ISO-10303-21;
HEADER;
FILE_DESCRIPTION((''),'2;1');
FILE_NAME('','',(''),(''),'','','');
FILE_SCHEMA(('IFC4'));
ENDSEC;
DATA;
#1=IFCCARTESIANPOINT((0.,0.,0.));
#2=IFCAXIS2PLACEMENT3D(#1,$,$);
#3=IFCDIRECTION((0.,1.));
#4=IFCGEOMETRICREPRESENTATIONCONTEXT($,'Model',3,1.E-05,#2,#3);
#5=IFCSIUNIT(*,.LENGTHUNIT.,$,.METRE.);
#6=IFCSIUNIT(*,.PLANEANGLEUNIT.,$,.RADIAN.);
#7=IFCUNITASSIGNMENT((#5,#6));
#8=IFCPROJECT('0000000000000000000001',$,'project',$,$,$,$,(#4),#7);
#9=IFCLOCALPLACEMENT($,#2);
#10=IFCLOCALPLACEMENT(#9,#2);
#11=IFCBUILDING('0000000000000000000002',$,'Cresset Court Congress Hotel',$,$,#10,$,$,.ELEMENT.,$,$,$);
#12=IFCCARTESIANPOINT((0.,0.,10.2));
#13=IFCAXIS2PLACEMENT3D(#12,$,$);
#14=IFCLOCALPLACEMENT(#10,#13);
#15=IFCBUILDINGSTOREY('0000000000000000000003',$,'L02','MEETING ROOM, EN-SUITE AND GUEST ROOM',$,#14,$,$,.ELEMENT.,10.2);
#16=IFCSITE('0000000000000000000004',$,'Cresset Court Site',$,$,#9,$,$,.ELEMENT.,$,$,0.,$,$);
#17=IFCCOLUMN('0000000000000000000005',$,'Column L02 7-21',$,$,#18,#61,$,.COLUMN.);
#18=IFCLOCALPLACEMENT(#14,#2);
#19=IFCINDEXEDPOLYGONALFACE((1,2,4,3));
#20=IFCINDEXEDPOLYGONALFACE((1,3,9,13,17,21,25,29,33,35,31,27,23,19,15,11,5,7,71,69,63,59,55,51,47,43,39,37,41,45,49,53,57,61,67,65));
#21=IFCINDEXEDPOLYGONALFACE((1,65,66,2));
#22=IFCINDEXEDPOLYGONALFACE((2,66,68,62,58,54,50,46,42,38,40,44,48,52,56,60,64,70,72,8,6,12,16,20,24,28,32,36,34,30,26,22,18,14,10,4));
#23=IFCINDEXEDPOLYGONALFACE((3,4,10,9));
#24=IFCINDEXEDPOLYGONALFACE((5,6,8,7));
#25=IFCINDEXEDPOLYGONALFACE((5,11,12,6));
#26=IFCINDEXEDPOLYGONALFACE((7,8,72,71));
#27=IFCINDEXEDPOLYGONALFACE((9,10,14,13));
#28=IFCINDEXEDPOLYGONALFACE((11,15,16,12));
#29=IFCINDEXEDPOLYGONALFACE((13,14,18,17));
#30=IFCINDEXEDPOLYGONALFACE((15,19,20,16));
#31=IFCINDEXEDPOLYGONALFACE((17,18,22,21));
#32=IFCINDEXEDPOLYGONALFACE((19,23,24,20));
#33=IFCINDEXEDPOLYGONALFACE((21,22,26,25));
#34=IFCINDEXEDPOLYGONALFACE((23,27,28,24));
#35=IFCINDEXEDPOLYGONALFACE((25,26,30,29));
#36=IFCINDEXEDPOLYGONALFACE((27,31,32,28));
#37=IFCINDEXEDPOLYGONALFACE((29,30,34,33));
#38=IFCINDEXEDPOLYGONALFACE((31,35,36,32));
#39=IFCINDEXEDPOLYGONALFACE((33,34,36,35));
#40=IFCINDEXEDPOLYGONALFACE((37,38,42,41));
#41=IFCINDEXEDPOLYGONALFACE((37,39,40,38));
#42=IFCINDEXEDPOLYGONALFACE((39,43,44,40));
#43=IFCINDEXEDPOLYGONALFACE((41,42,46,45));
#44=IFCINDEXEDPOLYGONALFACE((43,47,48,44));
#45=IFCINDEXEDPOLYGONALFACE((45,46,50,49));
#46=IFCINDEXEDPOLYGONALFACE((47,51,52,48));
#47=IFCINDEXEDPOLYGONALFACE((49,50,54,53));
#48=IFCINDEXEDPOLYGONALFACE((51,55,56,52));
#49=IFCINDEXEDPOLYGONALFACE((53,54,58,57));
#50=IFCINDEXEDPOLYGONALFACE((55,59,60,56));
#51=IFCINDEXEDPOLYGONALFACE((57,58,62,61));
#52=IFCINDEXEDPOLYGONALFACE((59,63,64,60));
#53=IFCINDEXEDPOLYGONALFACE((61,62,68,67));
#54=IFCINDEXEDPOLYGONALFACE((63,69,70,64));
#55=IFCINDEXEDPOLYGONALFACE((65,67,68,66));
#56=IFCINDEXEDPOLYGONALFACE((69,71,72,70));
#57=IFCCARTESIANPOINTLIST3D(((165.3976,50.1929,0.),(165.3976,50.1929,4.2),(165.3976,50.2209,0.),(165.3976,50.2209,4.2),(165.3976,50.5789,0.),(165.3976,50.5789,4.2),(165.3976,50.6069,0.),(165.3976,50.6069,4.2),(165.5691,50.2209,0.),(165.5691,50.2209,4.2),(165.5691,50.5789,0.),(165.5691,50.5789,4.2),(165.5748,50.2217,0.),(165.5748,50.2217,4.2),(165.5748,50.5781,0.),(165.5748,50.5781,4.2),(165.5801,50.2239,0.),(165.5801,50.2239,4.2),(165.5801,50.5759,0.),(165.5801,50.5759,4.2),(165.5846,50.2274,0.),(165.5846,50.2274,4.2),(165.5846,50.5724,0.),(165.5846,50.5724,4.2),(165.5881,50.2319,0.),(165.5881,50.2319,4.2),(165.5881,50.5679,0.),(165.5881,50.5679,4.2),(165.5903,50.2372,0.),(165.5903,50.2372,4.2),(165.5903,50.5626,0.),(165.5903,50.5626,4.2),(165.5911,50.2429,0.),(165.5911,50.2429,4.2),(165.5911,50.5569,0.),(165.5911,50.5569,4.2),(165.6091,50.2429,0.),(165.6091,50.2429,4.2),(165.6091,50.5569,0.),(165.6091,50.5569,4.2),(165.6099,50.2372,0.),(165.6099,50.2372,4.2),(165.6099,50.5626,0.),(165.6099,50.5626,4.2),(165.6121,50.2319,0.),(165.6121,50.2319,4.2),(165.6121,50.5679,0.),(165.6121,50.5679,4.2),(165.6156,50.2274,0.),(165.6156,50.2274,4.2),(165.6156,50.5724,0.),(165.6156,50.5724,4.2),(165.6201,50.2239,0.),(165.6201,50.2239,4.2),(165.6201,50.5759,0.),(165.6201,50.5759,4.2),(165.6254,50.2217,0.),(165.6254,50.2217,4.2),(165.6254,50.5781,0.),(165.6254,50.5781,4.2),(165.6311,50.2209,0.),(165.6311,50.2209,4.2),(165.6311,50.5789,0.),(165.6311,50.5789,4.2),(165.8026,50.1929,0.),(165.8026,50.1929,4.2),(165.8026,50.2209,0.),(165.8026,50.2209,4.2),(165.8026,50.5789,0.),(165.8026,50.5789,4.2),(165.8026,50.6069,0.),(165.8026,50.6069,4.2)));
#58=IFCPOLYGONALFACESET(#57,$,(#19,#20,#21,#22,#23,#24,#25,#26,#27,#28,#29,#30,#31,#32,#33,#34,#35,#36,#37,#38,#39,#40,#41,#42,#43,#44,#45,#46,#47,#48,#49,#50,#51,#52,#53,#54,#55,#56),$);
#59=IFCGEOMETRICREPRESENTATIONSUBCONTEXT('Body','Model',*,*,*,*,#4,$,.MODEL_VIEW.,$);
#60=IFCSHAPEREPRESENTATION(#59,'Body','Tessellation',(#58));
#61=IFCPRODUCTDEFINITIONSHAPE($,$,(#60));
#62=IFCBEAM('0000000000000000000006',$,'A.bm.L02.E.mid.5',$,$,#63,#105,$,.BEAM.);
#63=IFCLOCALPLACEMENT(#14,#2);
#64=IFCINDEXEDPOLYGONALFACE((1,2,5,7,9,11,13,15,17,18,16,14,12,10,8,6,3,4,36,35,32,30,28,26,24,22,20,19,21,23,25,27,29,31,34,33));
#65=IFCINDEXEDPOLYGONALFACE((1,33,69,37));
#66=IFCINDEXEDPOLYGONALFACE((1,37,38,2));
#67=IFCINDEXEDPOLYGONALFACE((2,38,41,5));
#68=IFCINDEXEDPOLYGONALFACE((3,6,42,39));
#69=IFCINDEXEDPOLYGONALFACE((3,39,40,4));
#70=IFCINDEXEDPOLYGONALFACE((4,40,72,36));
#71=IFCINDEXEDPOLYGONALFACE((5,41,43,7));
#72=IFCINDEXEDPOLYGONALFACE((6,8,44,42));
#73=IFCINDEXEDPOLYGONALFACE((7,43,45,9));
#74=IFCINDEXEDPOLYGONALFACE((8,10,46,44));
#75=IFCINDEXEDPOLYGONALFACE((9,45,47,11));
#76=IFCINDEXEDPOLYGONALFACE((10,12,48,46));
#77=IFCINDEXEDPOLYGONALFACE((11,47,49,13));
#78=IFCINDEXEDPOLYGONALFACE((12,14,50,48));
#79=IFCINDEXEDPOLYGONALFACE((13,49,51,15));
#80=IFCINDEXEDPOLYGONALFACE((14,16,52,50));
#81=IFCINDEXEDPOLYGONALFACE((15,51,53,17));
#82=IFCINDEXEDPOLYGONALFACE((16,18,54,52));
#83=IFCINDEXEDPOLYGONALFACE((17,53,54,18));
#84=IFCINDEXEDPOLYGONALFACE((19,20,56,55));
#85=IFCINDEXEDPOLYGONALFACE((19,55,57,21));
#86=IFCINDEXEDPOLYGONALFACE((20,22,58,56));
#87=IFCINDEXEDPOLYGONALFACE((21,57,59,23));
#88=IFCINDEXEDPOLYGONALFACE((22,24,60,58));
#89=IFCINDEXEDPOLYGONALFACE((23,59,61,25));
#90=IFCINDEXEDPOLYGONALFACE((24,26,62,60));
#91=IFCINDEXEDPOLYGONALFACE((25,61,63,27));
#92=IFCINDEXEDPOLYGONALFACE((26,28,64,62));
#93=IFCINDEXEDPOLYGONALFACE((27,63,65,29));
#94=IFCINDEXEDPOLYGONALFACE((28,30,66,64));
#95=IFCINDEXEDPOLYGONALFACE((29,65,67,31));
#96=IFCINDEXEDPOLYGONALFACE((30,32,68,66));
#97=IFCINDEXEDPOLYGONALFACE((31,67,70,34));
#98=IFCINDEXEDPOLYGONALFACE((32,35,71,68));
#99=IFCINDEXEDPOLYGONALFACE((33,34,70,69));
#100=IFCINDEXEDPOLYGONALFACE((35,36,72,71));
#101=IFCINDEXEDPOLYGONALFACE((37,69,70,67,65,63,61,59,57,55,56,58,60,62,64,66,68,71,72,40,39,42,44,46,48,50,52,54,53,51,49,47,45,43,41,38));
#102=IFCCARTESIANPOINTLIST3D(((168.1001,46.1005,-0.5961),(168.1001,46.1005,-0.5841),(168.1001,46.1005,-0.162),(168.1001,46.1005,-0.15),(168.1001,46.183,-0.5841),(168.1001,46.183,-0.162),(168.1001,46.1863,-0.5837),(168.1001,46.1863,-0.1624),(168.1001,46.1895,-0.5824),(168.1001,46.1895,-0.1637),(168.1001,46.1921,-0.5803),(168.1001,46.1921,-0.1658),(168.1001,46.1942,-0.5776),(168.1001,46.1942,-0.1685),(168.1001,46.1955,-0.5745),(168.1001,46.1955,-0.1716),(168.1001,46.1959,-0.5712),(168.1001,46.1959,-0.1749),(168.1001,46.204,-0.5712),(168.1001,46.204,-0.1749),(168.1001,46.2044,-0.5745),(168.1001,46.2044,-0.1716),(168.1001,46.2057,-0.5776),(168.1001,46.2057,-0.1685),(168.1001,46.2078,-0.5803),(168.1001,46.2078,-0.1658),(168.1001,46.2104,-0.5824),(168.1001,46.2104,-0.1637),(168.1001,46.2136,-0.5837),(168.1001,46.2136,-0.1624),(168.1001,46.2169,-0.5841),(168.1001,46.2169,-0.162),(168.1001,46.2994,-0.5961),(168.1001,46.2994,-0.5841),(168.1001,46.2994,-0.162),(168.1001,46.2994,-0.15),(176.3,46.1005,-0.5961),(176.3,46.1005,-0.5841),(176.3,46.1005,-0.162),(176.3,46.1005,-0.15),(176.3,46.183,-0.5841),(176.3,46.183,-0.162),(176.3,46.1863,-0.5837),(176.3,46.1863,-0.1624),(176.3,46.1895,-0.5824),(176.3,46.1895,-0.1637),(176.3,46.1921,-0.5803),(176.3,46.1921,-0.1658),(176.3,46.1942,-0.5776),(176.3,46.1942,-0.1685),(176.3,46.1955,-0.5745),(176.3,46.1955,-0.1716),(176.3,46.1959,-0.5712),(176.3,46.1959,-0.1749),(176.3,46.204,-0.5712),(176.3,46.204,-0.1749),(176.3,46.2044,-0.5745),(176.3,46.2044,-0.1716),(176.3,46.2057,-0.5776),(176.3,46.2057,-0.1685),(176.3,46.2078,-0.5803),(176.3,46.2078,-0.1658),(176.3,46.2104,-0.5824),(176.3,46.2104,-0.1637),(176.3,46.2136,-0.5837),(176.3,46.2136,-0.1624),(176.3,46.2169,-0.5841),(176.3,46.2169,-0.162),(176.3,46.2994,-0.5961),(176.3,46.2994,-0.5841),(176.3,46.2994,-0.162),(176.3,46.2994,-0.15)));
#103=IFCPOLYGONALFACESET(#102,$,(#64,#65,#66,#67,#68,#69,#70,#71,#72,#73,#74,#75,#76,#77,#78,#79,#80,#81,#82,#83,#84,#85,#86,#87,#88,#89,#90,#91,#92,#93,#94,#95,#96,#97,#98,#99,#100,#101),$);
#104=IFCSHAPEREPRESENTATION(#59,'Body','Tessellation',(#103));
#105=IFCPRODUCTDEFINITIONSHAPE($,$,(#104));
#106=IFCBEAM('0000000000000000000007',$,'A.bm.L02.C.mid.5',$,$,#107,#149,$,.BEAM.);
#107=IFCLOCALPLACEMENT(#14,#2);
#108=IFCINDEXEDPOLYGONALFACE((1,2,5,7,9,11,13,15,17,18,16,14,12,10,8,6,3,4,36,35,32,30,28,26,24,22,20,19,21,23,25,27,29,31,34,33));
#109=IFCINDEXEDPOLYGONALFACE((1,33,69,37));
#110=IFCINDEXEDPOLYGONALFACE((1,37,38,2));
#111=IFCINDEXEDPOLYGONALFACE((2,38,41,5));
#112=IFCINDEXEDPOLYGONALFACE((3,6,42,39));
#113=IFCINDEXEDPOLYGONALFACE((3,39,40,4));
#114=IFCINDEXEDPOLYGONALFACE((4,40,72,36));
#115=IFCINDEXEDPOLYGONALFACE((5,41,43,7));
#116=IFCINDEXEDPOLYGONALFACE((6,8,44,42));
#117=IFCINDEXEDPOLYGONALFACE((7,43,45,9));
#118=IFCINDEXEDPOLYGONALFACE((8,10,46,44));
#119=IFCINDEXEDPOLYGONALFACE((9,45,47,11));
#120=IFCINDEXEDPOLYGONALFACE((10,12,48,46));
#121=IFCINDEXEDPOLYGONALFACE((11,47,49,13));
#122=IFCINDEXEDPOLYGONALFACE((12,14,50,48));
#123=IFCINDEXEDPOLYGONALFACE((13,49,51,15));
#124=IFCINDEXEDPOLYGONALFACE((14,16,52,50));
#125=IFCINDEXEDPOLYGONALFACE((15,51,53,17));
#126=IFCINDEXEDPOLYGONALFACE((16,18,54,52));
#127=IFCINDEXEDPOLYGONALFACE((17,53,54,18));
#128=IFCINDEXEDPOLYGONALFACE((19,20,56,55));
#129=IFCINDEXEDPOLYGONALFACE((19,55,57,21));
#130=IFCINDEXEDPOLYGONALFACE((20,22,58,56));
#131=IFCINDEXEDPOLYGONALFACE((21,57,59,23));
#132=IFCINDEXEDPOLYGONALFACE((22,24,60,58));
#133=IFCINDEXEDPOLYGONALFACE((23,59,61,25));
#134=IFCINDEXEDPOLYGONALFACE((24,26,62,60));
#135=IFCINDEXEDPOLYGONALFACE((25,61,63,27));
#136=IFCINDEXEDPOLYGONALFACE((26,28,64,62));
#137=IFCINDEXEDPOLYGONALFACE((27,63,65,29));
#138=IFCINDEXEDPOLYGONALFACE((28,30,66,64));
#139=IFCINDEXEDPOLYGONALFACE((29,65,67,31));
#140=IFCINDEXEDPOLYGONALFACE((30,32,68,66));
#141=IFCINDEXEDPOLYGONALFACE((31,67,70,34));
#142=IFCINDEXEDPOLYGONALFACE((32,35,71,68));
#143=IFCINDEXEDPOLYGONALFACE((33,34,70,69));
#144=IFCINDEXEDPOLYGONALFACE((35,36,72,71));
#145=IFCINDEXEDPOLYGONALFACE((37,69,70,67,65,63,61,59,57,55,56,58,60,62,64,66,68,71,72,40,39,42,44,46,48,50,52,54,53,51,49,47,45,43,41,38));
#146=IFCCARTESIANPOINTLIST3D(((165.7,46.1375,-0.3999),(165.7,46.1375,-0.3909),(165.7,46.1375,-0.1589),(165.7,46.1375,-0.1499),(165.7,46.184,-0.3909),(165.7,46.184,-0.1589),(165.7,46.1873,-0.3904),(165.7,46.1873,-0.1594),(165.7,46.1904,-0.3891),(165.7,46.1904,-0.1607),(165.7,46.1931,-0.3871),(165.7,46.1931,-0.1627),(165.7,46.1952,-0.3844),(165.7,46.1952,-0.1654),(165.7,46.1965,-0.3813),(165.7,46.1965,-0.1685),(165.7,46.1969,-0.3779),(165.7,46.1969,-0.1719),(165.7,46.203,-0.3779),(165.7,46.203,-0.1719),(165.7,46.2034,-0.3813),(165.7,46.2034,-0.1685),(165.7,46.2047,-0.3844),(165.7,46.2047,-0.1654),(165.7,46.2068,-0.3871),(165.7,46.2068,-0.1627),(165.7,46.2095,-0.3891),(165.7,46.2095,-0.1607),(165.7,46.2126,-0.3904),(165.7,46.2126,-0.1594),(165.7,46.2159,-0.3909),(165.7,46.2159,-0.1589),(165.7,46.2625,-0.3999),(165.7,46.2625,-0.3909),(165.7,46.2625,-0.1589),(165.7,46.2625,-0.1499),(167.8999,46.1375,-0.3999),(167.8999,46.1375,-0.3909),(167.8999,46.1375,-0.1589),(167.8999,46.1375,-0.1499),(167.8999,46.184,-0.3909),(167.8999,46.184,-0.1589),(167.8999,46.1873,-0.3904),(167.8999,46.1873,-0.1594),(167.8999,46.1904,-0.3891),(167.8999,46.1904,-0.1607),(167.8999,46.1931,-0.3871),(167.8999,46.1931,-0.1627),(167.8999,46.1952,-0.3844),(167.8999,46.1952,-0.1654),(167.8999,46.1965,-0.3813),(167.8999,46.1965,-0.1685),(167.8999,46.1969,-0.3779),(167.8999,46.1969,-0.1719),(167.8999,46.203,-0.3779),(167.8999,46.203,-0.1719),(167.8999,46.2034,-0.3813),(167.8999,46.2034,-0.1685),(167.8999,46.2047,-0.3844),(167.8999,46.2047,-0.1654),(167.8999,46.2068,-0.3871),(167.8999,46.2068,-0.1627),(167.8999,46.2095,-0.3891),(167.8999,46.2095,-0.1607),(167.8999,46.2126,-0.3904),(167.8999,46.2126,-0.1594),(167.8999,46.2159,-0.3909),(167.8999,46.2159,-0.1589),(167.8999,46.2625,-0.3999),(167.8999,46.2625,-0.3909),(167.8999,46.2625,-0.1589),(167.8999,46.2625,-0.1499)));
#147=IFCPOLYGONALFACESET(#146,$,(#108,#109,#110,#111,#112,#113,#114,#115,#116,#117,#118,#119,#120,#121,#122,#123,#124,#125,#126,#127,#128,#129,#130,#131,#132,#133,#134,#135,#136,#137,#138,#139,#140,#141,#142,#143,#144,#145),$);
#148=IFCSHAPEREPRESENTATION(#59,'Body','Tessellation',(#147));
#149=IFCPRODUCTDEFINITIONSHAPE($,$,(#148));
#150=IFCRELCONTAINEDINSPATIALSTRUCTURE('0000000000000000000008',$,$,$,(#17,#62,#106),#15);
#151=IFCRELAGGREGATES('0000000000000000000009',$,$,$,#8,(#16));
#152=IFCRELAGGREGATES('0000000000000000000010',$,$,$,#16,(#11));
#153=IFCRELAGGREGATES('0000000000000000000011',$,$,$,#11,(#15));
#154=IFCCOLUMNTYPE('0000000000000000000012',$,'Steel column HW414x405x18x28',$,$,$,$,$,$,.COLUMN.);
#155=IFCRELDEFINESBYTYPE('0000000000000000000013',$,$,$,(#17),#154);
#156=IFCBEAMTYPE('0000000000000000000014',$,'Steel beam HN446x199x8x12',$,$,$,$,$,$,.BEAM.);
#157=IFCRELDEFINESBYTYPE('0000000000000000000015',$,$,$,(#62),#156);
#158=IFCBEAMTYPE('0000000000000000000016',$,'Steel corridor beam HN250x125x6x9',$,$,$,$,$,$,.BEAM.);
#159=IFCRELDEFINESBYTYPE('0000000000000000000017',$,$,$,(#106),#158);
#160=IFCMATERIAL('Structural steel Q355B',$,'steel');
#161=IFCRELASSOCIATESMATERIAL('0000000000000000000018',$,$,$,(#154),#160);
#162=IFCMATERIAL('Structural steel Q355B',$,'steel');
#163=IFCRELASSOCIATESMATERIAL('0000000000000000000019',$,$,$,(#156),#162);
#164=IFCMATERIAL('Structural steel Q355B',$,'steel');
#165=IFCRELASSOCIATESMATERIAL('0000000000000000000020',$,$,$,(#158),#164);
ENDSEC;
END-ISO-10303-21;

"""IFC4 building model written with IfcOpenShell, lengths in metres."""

from ifc_helpers import new_model, si_unit, direction, frame, origin, origin_2d, place, context, subcontext, project, spatial, i_section, extrude, material, material_profile, profile_set, type_object, element, save


model = new_model("IFC4")

# Units and contexts
model_context = context("Model", 3, precision=1e-05, world=origin(), true_north=direction((0.0, 1.0)))
body_context = subcontext(model_context, "Body", "Model", "MODEL_VIEW")
ifc_project = project(units=[si_unit("LENGTHUNIT", "METRE"), si_unit("PLANEANGLEUNIT", "RADIAN")], contexts=[model_context])

# Site, building, storey
site_placement = place(None, origin())
site = spatial("IfcSite", under=ifc_project, at=site_placement, Name="Cresset Court Site", CompositionType="ELEMENT", RefElevation=0.0)
building_placement = place(site_placement, origin())
building = spatial("IfcBuilding", under=site, at=building_placement, Name="Cresset Court Congress Hotel", CompositionType="ELEMENT")
storey_placement = place(building_placement, frame((0.0, 0.0, 10.2)))
storey = spatial("IfcBuildingStorey", under=building, at=storey_placement, Name="L02", Description="MEETING ROOM, EN-SUITE AND GUEST ROOM", CompositionType="ELEMENT", Elevation=10.2)

# Column
ifc_material_1 = material(Name="Structural steel Q355B", Category="steel")
ifc_material_profile_1 = material_profile(ifc_material_1, i_section(OverallWidth=0.405, OverallDepth=0.4141, WebThickness=0.0181, FlangeThickness=0.0281, FilletRadius=0.022, at=origin_2d()), Name="HW414x405x18x28")
ifc_profile_set_1 = profile_set([ifc_material_profile_1], Name="Structural steel Q355B")
column_type = type_object("IfcColumnType", Name="Steel column HW414x405x18x28", PredefinedType="COLUMN", material=ifc_profile_set_1)
column_placement = place(storey_placement, frame((165.6001, 50.3999, 0.0), z_axis=(0.0, 0.0, 1.0), x_axis=(1.0, 0.0, 0.0)))
element("IfcColumn", 1, at=column_placement, inside=storey, type_object=column_type, Name="Column L02 7-21", PredefinedType="COLUMN", context=body_context, shape_type="SweptSolid", body=[
    extrude(i_section(OverallWidth=0.405, OverallDepth=0.4141, WebThickness=0.0181, FlangeThickness=0.0281, FilletRadius=0.022, at=origin_2d()), origin(), (0.0, 0.0, 1.0), 4.2),
])

# Beams
ifc_material_2 = material(Name="Structural steel Q355B", Category="steel")
ifc_material_profile_2 = material_profile(ifc_material_2, i_section(OverallWidth=0.199, OverallDepth=0.446, WebThickness=0.0081, FlangeThickness=0.012, FilletRadius=0.0129, at=origin_2d()), Name="HN446x199x8x12")
ifc_profile_set_2 = profile_set([ifc_material_profile_2], Name="Structural steel Q355B")
beam_type_1 = type_object("IfcBeamType", Name="Steel beam HN446x199x8x12", PredefinedType="BEAM", material=ifc_profile_set_2)
beam_1_placement = place(storey_placement, frame((168.1001, 46.2, -0.373), z_axis=(1.0, 0.0, 0.0), x_axis=(0.0, 1.0, 0.0)))
element("IfcBeam", 2, at=beam_1_placement, inside=storey, type_object=beam_type_1, Name="A.bm.L02.E.mid.5", PredefinedType="BEAM", context=body_context, shape_type="SweptSolid", body=[
    extrude(i_section(OverallWidth=0.199, OverallDepth=0.446, WebThickness=0.0081, FlangeThickness=0.012, FilletRadius=0.0129, at=origin_2d()), origin(), (0.0, 0.0, 1.0), 8.2),
])
ifc_material_3 = material(Name="Structural steel Q355B", Category="steel")
ifc_material_profile_3 = material_profile(ifc_material_3, i_section(OverallWidth=0.125, OverallDepth=0.25, WebThickness=0.0061, FlangeThickness=0.009, FilletRadius=0.0129, at=origin_2d()), Name="HN250x125x6x9")
ifc_profile_set_3 = profile_set([ifc_material_profile_3], Name="Structural steel Q355B")
beam_type_2 = type_object("IfcBeamType", Name="Steel corridor beam HN250x125x6x9", PredefinedType="BEAM", material=ifc_profile_set_3)
beam_2_placement = place(storey_placement, frame((165.7, 46.2, -0.2749), z_axis=(1.0, 0.0, 0.0), x_axis=(0.0, 1.0, 0.0)))
element("IfcBeam", 3, at=beam_2_placement, inside=storey, type_object=beam_type_2, Name="A.bm.L02.C.mid.5", PredefinedType="BEAM", context=body_context, shape_type="SweptSolid", body=[
    extrude(i_section(OverallWidth=0.125, OverallDepth=0.25, WebThickness=0.0061, FlangeThickness=0.009, FilletRadius=0.0129, at=origin_2d()), origin(), (0.0, 0.0, 1.0), 2.2),
])

save(model, "model.ifc")
